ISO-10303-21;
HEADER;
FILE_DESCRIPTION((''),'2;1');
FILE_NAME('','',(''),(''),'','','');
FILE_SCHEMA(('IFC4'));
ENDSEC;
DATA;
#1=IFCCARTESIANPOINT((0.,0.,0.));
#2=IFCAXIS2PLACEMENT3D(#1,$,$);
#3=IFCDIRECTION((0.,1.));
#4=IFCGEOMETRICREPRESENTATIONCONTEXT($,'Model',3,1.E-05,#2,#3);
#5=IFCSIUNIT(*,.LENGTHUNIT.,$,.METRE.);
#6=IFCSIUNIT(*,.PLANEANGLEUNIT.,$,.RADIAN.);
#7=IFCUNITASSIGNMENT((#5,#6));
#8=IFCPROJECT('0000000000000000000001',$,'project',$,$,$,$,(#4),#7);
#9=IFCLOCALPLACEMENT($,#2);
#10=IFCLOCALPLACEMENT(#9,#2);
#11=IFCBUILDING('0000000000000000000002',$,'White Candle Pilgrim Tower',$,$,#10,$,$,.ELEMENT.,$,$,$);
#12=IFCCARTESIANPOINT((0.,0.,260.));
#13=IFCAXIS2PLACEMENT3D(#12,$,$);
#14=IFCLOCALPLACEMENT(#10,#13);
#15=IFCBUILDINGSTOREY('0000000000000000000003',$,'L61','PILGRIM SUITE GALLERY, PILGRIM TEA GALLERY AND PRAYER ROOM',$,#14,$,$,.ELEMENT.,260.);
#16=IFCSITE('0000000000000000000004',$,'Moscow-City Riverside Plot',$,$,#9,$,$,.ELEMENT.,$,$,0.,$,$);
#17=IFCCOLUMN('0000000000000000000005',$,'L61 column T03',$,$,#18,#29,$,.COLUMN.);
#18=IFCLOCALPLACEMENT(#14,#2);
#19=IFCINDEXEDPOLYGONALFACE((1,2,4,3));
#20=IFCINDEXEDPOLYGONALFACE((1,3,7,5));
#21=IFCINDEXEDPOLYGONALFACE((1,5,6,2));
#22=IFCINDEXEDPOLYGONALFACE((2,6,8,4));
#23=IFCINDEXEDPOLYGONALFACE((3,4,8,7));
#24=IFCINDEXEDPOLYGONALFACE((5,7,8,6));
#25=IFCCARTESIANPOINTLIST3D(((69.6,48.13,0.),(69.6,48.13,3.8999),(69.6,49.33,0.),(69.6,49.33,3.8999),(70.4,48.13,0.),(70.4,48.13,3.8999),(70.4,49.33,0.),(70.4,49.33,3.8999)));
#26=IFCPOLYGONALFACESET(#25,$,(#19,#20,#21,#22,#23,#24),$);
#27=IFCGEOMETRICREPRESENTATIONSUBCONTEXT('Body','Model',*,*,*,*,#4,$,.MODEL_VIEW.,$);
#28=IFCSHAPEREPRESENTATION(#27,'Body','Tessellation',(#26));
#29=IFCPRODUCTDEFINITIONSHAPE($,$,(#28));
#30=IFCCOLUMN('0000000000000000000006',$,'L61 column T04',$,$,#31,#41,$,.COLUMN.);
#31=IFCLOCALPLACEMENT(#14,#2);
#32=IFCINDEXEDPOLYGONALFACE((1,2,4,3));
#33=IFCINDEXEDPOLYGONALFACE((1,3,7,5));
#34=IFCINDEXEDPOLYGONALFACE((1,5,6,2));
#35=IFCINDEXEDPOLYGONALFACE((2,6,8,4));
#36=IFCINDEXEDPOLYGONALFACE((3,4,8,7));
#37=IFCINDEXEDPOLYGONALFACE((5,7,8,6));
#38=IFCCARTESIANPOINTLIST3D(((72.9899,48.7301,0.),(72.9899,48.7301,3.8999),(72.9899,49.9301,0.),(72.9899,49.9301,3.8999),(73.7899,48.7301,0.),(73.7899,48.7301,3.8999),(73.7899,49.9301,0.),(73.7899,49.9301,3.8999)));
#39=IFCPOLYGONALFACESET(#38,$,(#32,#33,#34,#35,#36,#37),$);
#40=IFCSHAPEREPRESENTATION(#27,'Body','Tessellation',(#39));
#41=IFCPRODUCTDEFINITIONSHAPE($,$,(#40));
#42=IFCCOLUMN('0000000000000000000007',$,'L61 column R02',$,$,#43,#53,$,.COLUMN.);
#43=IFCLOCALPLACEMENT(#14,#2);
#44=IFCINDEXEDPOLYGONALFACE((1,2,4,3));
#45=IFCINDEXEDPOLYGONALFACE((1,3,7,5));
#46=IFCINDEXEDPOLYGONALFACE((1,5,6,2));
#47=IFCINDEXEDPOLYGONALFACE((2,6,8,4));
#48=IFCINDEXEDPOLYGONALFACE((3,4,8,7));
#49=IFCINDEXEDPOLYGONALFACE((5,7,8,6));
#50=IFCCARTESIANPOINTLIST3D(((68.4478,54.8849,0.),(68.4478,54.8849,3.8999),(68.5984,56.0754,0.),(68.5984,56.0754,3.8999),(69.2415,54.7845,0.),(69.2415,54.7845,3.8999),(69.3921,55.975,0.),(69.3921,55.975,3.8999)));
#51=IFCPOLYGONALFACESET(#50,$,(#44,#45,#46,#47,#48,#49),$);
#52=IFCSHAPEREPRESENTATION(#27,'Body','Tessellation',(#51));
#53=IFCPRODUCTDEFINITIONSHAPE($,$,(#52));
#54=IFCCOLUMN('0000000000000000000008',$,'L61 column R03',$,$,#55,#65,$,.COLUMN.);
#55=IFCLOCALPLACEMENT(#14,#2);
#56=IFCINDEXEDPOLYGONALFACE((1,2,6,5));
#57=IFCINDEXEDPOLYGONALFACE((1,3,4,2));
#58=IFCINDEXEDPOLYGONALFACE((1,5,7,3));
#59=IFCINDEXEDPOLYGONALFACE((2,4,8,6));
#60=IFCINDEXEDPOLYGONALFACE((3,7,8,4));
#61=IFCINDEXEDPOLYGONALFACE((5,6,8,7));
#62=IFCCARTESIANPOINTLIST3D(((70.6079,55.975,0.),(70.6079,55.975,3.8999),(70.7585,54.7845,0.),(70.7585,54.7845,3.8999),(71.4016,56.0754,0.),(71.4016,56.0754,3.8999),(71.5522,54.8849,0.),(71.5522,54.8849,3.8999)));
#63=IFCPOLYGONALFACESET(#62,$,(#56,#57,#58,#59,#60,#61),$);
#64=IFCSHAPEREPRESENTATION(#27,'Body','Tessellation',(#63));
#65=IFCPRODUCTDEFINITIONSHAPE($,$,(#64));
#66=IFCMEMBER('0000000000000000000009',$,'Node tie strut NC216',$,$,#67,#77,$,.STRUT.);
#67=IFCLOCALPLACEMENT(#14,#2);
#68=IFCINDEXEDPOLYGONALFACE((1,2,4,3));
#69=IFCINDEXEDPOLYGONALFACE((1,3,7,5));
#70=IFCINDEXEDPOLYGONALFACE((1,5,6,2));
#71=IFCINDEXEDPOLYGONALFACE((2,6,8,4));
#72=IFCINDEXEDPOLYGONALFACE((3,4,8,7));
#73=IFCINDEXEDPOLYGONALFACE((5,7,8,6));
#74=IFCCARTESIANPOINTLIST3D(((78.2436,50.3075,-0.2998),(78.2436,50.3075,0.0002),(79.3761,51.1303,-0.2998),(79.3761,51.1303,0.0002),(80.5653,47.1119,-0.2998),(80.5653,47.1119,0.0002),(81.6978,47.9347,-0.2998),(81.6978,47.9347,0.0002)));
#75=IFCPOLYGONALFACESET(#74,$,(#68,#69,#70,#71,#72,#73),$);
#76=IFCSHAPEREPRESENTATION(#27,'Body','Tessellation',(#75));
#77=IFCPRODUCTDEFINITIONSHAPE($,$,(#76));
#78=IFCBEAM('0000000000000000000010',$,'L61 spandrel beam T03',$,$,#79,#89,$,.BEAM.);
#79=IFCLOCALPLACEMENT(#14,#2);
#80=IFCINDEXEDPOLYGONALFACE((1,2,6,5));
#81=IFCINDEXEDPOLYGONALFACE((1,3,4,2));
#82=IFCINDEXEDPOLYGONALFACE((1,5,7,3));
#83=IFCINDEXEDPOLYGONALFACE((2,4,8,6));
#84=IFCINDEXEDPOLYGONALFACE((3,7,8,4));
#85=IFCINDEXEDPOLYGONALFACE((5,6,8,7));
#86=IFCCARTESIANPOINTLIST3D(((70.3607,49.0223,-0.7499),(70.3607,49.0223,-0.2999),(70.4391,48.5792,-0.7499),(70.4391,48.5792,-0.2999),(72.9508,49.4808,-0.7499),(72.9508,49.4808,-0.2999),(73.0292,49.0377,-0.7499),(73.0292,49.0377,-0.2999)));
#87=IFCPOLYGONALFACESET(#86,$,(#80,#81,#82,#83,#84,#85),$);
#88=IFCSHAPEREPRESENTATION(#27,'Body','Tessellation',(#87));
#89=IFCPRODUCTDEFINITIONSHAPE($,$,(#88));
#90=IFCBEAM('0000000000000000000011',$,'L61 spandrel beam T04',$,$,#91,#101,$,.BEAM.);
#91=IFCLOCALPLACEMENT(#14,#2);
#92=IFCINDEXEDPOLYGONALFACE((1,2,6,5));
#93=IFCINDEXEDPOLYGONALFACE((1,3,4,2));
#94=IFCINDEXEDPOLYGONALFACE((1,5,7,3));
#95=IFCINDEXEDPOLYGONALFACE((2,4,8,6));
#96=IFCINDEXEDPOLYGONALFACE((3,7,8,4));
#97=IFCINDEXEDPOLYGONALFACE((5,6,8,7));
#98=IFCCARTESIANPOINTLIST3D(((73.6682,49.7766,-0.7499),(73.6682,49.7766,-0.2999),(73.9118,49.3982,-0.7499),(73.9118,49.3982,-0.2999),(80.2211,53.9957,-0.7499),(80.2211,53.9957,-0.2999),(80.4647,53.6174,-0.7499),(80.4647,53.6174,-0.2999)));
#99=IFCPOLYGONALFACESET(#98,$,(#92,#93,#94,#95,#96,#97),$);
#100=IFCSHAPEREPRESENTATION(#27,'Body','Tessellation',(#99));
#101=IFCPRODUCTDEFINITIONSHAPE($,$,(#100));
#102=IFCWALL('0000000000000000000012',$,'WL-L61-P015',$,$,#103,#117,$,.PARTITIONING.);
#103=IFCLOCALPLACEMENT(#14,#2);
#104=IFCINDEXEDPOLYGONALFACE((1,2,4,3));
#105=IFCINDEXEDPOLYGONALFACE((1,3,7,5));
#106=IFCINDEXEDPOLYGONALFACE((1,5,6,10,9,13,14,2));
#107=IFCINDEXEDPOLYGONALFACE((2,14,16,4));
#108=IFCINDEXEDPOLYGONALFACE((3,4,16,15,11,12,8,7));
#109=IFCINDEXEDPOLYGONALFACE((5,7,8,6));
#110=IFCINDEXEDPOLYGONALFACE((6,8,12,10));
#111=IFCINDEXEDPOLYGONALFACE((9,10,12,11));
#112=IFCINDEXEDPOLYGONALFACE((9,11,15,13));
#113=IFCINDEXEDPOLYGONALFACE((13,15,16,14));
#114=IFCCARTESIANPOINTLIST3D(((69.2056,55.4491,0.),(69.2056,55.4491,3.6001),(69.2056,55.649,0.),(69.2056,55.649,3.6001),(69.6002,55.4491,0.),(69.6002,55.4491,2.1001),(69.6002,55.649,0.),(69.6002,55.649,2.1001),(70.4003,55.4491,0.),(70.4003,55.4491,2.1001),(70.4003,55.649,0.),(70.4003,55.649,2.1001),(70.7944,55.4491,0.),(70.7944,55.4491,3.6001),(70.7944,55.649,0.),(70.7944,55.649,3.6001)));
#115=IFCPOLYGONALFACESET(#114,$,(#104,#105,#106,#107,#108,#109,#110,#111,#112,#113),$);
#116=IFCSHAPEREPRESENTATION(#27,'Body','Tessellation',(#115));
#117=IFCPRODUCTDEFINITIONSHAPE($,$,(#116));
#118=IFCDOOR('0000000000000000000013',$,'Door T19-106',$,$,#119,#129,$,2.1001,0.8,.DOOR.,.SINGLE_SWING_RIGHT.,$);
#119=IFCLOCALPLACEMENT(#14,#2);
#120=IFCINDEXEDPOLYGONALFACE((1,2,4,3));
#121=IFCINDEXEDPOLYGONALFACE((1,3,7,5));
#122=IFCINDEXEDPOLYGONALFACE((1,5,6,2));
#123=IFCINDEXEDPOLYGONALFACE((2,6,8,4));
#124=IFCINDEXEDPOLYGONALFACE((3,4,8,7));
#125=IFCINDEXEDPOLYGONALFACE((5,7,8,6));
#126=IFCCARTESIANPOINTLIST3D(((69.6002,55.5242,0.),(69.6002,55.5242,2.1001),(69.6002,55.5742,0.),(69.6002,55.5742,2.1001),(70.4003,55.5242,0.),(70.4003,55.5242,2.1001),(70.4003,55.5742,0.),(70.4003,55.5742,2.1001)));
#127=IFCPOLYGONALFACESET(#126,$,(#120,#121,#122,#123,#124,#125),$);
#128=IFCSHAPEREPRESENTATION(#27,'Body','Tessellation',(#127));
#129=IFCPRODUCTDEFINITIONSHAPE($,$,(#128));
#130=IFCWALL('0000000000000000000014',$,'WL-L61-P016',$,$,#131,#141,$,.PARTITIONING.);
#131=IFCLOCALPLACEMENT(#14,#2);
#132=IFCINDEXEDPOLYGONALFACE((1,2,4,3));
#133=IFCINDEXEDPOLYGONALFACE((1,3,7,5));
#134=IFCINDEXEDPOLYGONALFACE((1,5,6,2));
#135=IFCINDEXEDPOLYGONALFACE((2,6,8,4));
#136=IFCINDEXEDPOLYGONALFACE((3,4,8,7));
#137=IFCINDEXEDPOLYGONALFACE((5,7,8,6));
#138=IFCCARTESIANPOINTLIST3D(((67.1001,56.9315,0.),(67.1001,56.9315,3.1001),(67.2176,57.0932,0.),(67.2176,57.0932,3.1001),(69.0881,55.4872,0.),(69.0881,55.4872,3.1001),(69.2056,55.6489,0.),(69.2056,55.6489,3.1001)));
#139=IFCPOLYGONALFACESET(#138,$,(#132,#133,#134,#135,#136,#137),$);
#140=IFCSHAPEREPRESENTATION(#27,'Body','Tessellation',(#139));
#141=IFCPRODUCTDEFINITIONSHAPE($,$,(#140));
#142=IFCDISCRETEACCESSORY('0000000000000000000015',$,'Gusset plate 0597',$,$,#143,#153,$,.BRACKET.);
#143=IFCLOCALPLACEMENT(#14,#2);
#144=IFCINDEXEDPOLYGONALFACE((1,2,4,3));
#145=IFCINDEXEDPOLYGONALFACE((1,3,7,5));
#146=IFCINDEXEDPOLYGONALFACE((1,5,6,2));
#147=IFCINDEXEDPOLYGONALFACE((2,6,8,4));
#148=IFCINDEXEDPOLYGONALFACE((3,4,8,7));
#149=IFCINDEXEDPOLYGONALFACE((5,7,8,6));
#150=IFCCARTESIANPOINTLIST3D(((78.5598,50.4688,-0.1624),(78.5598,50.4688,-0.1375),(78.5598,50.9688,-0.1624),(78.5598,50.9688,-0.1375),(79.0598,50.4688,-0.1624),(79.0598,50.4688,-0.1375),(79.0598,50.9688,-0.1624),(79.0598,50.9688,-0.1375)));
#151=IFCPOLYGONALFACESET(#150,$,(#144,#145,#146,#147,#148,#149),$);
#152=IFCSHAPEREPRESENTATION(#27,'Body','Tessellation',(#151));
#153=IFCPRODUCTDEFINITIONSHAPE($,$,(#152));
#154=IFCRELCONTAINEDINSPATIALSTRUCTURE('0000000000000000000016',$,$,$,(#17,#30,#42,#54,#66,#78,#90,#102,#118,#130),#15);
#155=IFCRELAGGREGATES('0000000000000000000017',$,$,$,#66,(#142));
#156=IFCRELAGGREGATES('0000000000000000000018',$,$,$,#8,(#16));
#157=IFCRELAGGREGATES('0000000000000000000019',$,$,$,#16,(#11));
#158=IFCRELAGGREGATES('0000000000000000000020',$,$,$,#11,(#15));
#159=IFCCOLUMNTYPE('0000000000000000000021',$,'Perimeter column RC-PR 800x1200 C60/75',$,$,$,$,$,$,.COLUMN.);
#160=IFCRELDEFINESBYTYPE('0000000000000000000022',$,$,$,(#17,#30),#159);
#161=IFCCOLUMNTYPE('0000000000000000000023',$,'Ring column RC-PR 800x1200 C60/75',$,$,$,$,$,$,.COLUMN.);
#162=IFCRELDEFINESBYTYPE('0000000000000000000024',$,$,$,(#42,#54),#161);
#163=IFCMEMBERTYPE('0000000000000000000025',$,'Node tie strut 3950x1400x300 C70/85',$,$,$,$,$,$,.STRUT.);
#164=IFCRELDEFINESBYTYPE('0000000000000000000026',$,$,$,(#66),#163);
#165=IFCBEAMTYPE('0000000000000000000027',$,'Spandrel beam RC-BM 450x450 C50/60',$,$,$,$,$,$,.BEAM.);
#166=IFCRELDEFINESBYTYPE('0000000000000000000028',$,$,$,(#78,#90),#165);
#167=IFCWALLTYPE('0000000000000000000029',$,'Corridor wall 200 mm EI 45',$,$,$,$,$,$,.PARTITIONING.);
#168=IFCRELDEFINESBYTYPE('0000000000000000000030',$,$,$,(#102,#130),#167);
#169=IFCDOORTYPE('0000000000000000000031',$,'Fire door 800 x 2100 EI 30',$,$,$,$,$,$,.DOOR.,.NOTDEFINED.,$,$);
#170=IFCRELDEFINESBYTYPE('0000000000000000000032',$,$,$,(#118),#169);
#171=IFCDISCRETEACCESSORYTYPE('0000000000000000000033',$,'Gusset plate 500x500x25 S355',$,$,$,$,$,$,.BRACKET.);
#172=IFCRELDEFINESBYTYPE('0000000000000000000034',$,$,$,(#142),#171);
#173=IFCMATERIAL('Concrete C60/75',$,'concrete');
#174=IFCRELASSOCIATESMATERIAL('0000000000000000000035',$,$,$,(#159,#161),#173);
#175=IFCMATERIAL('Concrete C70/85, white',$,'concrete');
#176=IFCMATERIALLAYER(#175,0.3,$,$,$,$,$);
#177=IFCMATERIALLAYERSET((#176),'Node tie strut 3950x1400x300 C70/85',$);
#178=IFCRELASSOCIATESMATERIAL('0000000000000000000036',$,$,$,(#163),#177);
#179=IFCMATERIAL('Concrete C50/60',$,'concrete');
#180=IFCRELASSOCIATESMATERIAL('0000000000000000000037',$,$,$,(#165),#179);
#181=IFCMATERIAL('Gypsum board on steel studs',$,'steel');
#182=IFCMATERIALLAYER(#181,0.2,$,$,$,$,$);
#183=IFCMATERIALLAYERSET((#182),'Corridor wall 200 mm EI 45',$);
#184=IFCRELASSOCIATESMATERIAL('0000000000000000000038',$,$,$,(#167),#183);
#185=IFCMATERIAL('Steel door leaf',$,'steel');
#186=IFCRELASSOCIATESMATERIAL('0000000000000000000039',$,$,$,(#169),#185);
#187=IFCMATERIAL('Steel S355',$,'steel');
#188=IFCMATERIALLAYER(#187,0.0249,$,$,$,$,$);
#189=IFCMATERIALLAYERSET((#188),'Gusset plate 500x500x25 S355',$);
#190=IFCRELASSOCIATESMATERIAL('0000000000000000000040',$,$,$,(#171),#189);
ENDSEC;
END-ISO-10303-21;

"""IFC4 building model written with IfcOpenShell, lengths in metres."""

from ifc_helpers import new_model, si_unit, direction, frame, frame_2d, origin, origin_2d, place, context, subcontext, project, spatial, rectangle, extrude, material, layer, layer_set, material_profile, profile_set, type_object, element, fill, aggregate, save


model = new_model("IFC4")

# Units and contexts
model_context = context("Model", 3, precision=1e-05, world=origin(), true_north=direction((0.0, 1.0)))
body_context = subcontext(model_context, "Body", "Model", "MODEL_VIEW")
ifc_project = project(units=[si_unit("LENGTHUNIT", "METRE"), si_unit("PLANEANGLEUNIT", "RADIAN")], contexts=[model_context])

# Site, building, storey
site_placement = place(None, origin())
site = spatial("IfcSite", under=ifc_project, at=site_placement, Name="Moscow-City Riverside Plot", CompositionType="ELEMENT", RefElevation=0.0)
building_placement = place(site_placement, origin())
building = spatial("IfcBuilding", under=site, at=building_placement, Name="White Candle Pilgrim Tower", CompositionType="ELEMENT")
storey_placement = place(building_placement, frame((0.0, 0.0, 260.0)))
storey = spatial("IfcBuildingStorey", under=building, at=storey_placement, Name="L61", Description="PILGRIM SUITE GALLERY, PILGRIM TEA GALLERY AND PRAYER ROOM", CompositionType="ELEMENT", Elevation=260.0)

# Columns
ifc_material_1 = material(Name="Concrete C60/75", Category="concrete")
ifc_material_profile_1 = material_profile(ifc_material_1, rectangle(XDim=0.8, YDim=1.2, at=origin_2d()), Name="RC-PR 800x1200")
ifc_profile_set_1 = profile_set([ifc_material_profile_1], Name="Concrete C60/75")
column_type_1 = type_object("IfcColumnType", Name="Perimeter column RC-PR 800x1200 C60/75", PredefinedType="COLUMN", material=ifc_profile_set_1)
for number, where, z_axis, x_axis, name in (
    (1, (70.0, 48.73, 0.0), (0.0, 0.0, 1.0), (-1.0, 0.0, 0.0), "L61 column T03"),
    (2, (73.3899, 49.3301, 0.0), (0.0, 0.0, 1.0), (-1.0, 0.0, 0.0), "L61 column T04"),
):
    element("IfcColumn", number, at=place(storey_placement, frame(where, z_axis=z_axis, x_axis=x_axis)), inside=storey, type_object=column_type_1, Name=name, PredefinedType="COLUMN", context=body_context, shape_type="SweptSolid", body=[
        extrude(rectangle(XDim=0.8, YDim=1.2, at=origin_2d()), origin(), (0.0, 0.0, 1.0), 3.8999),
    ])
ifc_material_profile_2 = material_profile(ifc_material_1, rectangle(XDim=0.8, YDim=1.2, at=origin_2d()), Name="RC-PR 800x1200")
ifc_profile_set_2 = profile_set([ifc_material_profile_2], Name="Concrete C60/75")
column_type_2 = type_object("IfcColumnType", Name="Ring column RC-PR 800x1200 C60/75", PredefinedType="COLUMN", material=ifc_profile_set_2)
for number, where, z_axis, x_axis, name in (
    (3, (68.9199, 55.4299, 0.0), (0.0, 0.0, 1.0), (-0.992093, 0.125506, 0.0), "L61 column R02"),
    (4, (71.0801, 55.4299, 0.0), (0.0, 0.0, 1.0), (-0.992093, -0.125506, 0.0), "L61 column R03"),
):
    element("IfcColumn", number, at=place(storey_placement, frame(where, z_axis=z_axis, x_axis=x_axis)), inside=storey, type_object=column_type_2, Name=name, PredefinedType="COLUMN", context=body_context, shape_type="SweptSolid", body=[
        extrude(rectangle(XDim=0.8, YDim=1.2, at=origin_2d()), origin(), (0.0, 0.0, 1.0), 3.8999),
    ])

# Member
ifc_material_2 = material(Name="Concrete C70/85, white", Category="concrete")
ifc_layer_1 = layer(ifc_material_2, 0.3)
ifc_layer_set_1 = layer_set([ifc_layer_1], Name="Node tie strut 3950x1400x300 C70/85")
member_type = type_object("IfcMemberType", Name="Node tie strut 3950x1400x300 C70/85", PredefinedType="STRUT", material=ifc_layer_set_1)
member_placement = place(storey_placement, frame((79.9707, 49.1211, -0.2998), z_axis=(0.0, 0.0, 1.0), x_axis=(0.809017, 0.587785, 0.0)))
member = element("IfcMember", 5, at=member_placement, inside=storey, type_object=member_type, Name="Node tie strut NC216", PredefinedType="STRUT", context=body_context, shape_type="SweptSolid", body=[
    extrude(rectangle(XDim=1.3999, YDim=3.95, at=origin_2d()), origin(), (0.0, 0.0, 1.0), 0.3),
])

# Beams
ifc_material_3 = material(Name="Concrete C50/60", Category="concrete")
ifc_material_profile_3 = material_profile(ifc_material_3, rectangle(XDim=0.45, YDim=0.45, at=origin_2d()), Name="RC-BM 450x450")
ifc_profile_set_3 = profile_set([ifc_material_profile_3], Name="Concrete C50/60")
beam_type = type_object("IfcBeamType", Name="Spandrel beam RC-BM 450x450 C50/60", PredefinedType="BEAM", material=ifc_profile_set_3)
beam_1_placement = place(storey_placement, frame((70.3999, 48.8008, -0.5249), z_axis=(0.984691, 0.17431, 0.0), x_axis=(-0.17431, 0.984691, 0.0)))
element("IfcBeam", 6, at=beam_1_placement, inside=storey, type_object=beam_type, Name="L61 spandrel beam T03", PredefinedType="BEAM", context=body_context, shape_type="SweptSolid", body=[
    extrude(rectangle(XDim=0.45, YDim=0.45, at=origin_2d()), origin(), (0.0, 0.0, 1.0), 2.6304),
])
beam_2_placement = place(storey_placement, frame((73.79, 49.5874, -0.5249), z_axis=(0.840793, 0.541357, 0.0), x_axis=(-0.541357, 0.840793, 0.0)))
element("IfcBeam", 7, at=beam_2_placement, inside=storey, type_object=beam_type, Name="L61 spandrel beam T04", PredefinedType="BEAM", context=body_context, shape_type="SweptSolid", body=[
    extrude(rectangle(XDim=0.45, YDim=0.45, at=origin_2d()), origin(), (0.0, 0.0, 1.0), 7.7937),
])

# Wall, opening, door
ifc_material_4 = material(Name="Gypsum board on steel studs", Category="steel")
ifc_layer_2 = layer(ifc_material_4, 0.2)
ifc_layer_set_2 = layer_set([ifc_layer_2], Name="Corridor wall 200 mm EI 45")
wall_type_1 = type_object("IfcWallType", Name="Corridor wall 200 mm EI 45", PredefinedType="PARTITIONING", material=ifc_layer_set_2)
wall_1_placement = place(storey_placement, frame((70.7944, 55.5491, 0.0), z_axis=(0.0, 0.0, 1.0), x_axis=(-1.0, 0.0, 0.0)))
wall_1 = element("IfcWall", 8, at=wall_1_placement, inside=storey, type_object=wall_type_1, Name="WL-L61-P015", PredefinedType="PARTITIONING", context=body_context, shape_type="SweptSolid", body=[
    extrude(rectangle(XDim=1.5889, YDim=0.2, at=frame_2d((0.7944, 0.0))), origin(), (0.0, 0.0, 1.0), 3.6001),
])
opening_1_placement = place(wall_1_placement, frame((0.3943, 0.0, 0.0)))
opening_1 = element("IfcOpeningElement", 9, at=opening_1_placement, cuts=wall_1, PredefinedType="OPENING", context=body_context, shape_type="SweptSolid", body=[
    extrude(rectangle(XDim=0.8, YDim=2.1001, at=frame_2d((0.3999, 1.05))), frame((0.0, 0.1099, 0.0), z_axis=(0.0, -1.0, 0.0), x_axis=(1.0, 0.0, 0.0)), (0.0, 0.0, 1.0), 0.22),
])
ifc_material_5 = material(Name="Steel door leaf", Category="steel")
door_type = type_object("IfcDoorType", Name="Fire door 800 x 2100 EI 30", OperationType="NOTDEFINED", PredefinedType="DOOR", material=ifc_material_5)
door_1_placement = place(opening_1_placement, origin())
door_1 = element("IfcDoor", 10, at=door_1_placement, inside=storey, type_object=door_type, Name="Door T19-106", OperationType="SINGLE_SWING_RIGHT", OverallHeight=2.1001, OverallWidth=0.8, PredefinedType="DOOR", context=body_context, shape_type="SweptSolid", body=[
    extrude(rectangle(XDim=0.8, YDim=2.1001, at=frame_2d((0.3999, 1.05))), frame((0.0, 0.0249, 0.0), z_axis=(0.0, -1.0, 0.0), x_axis=(1.0, 0.0, 0.0)), (0.0, 0.0, 1.0), 0.05),
])
fill(opening_1, door_1)

# Wall
wall_2_placement = place(storey_placement, frame((69.1467, 55.5681, 0.0), z_axis=(0.0, 0.0, 1.0), x_axis=(-0.809028, 0.58777, 0.0)))
element("IfcWall", 11, at=wall_2_placement, inside=storey, type_object=wall_type_1, Name="WL-L61-P016", PredefinedType="PARTITIONING", context=body_context, shape_type="SweptSolid", body=[
    extrude(rectangle(XDim=2.4573, YDim=0.2, at=frame_2d((1.2285, 0.0))), origin(), (0.0, 0.0, 1.0), 3.1001),
])

# Discrete accessory
ifc_material_6 = material(Name="Steel S355", Category="steel")
ifc_layer_3 = layer(ifc_material_6, 0.0249)
ifc_layer_set_3 = layer_set([ifc_layer_3], Name="Gusset plate 500x500x25 S355")
discrete_accessory_type = type_object("IfcDiscreteAccessoryType", Name="Gusset plate 500x500x25 S355", PredefinedType="BRACKET", material=ifc_layer_set_3)
discrete_accessory_placement = place(storey_placement, frame((78.8098, 50.7188, -0.1624), z_axis=(0.0, 0.0, 1.0), x_axis=(1.0, 0.0, 0.0)))
discrete_accessory = element("IfcDiscreteAccessory", 12, at=discrete_accessory_placement, type_object=discrete_accessory_type, Name="Gusset plate 0597", PredefinedType="BRACKET", context=body_context, shape_type="SweptSolid", body=[
    extrude(rectangle(XDim=0.5, YDim=0.5, at=origin_2d()), origin(), (0.0, 0.0, 1.0), 0.0249),
])
aggregate(member, [discrete_accessory])

save(model, "model.ifc")
